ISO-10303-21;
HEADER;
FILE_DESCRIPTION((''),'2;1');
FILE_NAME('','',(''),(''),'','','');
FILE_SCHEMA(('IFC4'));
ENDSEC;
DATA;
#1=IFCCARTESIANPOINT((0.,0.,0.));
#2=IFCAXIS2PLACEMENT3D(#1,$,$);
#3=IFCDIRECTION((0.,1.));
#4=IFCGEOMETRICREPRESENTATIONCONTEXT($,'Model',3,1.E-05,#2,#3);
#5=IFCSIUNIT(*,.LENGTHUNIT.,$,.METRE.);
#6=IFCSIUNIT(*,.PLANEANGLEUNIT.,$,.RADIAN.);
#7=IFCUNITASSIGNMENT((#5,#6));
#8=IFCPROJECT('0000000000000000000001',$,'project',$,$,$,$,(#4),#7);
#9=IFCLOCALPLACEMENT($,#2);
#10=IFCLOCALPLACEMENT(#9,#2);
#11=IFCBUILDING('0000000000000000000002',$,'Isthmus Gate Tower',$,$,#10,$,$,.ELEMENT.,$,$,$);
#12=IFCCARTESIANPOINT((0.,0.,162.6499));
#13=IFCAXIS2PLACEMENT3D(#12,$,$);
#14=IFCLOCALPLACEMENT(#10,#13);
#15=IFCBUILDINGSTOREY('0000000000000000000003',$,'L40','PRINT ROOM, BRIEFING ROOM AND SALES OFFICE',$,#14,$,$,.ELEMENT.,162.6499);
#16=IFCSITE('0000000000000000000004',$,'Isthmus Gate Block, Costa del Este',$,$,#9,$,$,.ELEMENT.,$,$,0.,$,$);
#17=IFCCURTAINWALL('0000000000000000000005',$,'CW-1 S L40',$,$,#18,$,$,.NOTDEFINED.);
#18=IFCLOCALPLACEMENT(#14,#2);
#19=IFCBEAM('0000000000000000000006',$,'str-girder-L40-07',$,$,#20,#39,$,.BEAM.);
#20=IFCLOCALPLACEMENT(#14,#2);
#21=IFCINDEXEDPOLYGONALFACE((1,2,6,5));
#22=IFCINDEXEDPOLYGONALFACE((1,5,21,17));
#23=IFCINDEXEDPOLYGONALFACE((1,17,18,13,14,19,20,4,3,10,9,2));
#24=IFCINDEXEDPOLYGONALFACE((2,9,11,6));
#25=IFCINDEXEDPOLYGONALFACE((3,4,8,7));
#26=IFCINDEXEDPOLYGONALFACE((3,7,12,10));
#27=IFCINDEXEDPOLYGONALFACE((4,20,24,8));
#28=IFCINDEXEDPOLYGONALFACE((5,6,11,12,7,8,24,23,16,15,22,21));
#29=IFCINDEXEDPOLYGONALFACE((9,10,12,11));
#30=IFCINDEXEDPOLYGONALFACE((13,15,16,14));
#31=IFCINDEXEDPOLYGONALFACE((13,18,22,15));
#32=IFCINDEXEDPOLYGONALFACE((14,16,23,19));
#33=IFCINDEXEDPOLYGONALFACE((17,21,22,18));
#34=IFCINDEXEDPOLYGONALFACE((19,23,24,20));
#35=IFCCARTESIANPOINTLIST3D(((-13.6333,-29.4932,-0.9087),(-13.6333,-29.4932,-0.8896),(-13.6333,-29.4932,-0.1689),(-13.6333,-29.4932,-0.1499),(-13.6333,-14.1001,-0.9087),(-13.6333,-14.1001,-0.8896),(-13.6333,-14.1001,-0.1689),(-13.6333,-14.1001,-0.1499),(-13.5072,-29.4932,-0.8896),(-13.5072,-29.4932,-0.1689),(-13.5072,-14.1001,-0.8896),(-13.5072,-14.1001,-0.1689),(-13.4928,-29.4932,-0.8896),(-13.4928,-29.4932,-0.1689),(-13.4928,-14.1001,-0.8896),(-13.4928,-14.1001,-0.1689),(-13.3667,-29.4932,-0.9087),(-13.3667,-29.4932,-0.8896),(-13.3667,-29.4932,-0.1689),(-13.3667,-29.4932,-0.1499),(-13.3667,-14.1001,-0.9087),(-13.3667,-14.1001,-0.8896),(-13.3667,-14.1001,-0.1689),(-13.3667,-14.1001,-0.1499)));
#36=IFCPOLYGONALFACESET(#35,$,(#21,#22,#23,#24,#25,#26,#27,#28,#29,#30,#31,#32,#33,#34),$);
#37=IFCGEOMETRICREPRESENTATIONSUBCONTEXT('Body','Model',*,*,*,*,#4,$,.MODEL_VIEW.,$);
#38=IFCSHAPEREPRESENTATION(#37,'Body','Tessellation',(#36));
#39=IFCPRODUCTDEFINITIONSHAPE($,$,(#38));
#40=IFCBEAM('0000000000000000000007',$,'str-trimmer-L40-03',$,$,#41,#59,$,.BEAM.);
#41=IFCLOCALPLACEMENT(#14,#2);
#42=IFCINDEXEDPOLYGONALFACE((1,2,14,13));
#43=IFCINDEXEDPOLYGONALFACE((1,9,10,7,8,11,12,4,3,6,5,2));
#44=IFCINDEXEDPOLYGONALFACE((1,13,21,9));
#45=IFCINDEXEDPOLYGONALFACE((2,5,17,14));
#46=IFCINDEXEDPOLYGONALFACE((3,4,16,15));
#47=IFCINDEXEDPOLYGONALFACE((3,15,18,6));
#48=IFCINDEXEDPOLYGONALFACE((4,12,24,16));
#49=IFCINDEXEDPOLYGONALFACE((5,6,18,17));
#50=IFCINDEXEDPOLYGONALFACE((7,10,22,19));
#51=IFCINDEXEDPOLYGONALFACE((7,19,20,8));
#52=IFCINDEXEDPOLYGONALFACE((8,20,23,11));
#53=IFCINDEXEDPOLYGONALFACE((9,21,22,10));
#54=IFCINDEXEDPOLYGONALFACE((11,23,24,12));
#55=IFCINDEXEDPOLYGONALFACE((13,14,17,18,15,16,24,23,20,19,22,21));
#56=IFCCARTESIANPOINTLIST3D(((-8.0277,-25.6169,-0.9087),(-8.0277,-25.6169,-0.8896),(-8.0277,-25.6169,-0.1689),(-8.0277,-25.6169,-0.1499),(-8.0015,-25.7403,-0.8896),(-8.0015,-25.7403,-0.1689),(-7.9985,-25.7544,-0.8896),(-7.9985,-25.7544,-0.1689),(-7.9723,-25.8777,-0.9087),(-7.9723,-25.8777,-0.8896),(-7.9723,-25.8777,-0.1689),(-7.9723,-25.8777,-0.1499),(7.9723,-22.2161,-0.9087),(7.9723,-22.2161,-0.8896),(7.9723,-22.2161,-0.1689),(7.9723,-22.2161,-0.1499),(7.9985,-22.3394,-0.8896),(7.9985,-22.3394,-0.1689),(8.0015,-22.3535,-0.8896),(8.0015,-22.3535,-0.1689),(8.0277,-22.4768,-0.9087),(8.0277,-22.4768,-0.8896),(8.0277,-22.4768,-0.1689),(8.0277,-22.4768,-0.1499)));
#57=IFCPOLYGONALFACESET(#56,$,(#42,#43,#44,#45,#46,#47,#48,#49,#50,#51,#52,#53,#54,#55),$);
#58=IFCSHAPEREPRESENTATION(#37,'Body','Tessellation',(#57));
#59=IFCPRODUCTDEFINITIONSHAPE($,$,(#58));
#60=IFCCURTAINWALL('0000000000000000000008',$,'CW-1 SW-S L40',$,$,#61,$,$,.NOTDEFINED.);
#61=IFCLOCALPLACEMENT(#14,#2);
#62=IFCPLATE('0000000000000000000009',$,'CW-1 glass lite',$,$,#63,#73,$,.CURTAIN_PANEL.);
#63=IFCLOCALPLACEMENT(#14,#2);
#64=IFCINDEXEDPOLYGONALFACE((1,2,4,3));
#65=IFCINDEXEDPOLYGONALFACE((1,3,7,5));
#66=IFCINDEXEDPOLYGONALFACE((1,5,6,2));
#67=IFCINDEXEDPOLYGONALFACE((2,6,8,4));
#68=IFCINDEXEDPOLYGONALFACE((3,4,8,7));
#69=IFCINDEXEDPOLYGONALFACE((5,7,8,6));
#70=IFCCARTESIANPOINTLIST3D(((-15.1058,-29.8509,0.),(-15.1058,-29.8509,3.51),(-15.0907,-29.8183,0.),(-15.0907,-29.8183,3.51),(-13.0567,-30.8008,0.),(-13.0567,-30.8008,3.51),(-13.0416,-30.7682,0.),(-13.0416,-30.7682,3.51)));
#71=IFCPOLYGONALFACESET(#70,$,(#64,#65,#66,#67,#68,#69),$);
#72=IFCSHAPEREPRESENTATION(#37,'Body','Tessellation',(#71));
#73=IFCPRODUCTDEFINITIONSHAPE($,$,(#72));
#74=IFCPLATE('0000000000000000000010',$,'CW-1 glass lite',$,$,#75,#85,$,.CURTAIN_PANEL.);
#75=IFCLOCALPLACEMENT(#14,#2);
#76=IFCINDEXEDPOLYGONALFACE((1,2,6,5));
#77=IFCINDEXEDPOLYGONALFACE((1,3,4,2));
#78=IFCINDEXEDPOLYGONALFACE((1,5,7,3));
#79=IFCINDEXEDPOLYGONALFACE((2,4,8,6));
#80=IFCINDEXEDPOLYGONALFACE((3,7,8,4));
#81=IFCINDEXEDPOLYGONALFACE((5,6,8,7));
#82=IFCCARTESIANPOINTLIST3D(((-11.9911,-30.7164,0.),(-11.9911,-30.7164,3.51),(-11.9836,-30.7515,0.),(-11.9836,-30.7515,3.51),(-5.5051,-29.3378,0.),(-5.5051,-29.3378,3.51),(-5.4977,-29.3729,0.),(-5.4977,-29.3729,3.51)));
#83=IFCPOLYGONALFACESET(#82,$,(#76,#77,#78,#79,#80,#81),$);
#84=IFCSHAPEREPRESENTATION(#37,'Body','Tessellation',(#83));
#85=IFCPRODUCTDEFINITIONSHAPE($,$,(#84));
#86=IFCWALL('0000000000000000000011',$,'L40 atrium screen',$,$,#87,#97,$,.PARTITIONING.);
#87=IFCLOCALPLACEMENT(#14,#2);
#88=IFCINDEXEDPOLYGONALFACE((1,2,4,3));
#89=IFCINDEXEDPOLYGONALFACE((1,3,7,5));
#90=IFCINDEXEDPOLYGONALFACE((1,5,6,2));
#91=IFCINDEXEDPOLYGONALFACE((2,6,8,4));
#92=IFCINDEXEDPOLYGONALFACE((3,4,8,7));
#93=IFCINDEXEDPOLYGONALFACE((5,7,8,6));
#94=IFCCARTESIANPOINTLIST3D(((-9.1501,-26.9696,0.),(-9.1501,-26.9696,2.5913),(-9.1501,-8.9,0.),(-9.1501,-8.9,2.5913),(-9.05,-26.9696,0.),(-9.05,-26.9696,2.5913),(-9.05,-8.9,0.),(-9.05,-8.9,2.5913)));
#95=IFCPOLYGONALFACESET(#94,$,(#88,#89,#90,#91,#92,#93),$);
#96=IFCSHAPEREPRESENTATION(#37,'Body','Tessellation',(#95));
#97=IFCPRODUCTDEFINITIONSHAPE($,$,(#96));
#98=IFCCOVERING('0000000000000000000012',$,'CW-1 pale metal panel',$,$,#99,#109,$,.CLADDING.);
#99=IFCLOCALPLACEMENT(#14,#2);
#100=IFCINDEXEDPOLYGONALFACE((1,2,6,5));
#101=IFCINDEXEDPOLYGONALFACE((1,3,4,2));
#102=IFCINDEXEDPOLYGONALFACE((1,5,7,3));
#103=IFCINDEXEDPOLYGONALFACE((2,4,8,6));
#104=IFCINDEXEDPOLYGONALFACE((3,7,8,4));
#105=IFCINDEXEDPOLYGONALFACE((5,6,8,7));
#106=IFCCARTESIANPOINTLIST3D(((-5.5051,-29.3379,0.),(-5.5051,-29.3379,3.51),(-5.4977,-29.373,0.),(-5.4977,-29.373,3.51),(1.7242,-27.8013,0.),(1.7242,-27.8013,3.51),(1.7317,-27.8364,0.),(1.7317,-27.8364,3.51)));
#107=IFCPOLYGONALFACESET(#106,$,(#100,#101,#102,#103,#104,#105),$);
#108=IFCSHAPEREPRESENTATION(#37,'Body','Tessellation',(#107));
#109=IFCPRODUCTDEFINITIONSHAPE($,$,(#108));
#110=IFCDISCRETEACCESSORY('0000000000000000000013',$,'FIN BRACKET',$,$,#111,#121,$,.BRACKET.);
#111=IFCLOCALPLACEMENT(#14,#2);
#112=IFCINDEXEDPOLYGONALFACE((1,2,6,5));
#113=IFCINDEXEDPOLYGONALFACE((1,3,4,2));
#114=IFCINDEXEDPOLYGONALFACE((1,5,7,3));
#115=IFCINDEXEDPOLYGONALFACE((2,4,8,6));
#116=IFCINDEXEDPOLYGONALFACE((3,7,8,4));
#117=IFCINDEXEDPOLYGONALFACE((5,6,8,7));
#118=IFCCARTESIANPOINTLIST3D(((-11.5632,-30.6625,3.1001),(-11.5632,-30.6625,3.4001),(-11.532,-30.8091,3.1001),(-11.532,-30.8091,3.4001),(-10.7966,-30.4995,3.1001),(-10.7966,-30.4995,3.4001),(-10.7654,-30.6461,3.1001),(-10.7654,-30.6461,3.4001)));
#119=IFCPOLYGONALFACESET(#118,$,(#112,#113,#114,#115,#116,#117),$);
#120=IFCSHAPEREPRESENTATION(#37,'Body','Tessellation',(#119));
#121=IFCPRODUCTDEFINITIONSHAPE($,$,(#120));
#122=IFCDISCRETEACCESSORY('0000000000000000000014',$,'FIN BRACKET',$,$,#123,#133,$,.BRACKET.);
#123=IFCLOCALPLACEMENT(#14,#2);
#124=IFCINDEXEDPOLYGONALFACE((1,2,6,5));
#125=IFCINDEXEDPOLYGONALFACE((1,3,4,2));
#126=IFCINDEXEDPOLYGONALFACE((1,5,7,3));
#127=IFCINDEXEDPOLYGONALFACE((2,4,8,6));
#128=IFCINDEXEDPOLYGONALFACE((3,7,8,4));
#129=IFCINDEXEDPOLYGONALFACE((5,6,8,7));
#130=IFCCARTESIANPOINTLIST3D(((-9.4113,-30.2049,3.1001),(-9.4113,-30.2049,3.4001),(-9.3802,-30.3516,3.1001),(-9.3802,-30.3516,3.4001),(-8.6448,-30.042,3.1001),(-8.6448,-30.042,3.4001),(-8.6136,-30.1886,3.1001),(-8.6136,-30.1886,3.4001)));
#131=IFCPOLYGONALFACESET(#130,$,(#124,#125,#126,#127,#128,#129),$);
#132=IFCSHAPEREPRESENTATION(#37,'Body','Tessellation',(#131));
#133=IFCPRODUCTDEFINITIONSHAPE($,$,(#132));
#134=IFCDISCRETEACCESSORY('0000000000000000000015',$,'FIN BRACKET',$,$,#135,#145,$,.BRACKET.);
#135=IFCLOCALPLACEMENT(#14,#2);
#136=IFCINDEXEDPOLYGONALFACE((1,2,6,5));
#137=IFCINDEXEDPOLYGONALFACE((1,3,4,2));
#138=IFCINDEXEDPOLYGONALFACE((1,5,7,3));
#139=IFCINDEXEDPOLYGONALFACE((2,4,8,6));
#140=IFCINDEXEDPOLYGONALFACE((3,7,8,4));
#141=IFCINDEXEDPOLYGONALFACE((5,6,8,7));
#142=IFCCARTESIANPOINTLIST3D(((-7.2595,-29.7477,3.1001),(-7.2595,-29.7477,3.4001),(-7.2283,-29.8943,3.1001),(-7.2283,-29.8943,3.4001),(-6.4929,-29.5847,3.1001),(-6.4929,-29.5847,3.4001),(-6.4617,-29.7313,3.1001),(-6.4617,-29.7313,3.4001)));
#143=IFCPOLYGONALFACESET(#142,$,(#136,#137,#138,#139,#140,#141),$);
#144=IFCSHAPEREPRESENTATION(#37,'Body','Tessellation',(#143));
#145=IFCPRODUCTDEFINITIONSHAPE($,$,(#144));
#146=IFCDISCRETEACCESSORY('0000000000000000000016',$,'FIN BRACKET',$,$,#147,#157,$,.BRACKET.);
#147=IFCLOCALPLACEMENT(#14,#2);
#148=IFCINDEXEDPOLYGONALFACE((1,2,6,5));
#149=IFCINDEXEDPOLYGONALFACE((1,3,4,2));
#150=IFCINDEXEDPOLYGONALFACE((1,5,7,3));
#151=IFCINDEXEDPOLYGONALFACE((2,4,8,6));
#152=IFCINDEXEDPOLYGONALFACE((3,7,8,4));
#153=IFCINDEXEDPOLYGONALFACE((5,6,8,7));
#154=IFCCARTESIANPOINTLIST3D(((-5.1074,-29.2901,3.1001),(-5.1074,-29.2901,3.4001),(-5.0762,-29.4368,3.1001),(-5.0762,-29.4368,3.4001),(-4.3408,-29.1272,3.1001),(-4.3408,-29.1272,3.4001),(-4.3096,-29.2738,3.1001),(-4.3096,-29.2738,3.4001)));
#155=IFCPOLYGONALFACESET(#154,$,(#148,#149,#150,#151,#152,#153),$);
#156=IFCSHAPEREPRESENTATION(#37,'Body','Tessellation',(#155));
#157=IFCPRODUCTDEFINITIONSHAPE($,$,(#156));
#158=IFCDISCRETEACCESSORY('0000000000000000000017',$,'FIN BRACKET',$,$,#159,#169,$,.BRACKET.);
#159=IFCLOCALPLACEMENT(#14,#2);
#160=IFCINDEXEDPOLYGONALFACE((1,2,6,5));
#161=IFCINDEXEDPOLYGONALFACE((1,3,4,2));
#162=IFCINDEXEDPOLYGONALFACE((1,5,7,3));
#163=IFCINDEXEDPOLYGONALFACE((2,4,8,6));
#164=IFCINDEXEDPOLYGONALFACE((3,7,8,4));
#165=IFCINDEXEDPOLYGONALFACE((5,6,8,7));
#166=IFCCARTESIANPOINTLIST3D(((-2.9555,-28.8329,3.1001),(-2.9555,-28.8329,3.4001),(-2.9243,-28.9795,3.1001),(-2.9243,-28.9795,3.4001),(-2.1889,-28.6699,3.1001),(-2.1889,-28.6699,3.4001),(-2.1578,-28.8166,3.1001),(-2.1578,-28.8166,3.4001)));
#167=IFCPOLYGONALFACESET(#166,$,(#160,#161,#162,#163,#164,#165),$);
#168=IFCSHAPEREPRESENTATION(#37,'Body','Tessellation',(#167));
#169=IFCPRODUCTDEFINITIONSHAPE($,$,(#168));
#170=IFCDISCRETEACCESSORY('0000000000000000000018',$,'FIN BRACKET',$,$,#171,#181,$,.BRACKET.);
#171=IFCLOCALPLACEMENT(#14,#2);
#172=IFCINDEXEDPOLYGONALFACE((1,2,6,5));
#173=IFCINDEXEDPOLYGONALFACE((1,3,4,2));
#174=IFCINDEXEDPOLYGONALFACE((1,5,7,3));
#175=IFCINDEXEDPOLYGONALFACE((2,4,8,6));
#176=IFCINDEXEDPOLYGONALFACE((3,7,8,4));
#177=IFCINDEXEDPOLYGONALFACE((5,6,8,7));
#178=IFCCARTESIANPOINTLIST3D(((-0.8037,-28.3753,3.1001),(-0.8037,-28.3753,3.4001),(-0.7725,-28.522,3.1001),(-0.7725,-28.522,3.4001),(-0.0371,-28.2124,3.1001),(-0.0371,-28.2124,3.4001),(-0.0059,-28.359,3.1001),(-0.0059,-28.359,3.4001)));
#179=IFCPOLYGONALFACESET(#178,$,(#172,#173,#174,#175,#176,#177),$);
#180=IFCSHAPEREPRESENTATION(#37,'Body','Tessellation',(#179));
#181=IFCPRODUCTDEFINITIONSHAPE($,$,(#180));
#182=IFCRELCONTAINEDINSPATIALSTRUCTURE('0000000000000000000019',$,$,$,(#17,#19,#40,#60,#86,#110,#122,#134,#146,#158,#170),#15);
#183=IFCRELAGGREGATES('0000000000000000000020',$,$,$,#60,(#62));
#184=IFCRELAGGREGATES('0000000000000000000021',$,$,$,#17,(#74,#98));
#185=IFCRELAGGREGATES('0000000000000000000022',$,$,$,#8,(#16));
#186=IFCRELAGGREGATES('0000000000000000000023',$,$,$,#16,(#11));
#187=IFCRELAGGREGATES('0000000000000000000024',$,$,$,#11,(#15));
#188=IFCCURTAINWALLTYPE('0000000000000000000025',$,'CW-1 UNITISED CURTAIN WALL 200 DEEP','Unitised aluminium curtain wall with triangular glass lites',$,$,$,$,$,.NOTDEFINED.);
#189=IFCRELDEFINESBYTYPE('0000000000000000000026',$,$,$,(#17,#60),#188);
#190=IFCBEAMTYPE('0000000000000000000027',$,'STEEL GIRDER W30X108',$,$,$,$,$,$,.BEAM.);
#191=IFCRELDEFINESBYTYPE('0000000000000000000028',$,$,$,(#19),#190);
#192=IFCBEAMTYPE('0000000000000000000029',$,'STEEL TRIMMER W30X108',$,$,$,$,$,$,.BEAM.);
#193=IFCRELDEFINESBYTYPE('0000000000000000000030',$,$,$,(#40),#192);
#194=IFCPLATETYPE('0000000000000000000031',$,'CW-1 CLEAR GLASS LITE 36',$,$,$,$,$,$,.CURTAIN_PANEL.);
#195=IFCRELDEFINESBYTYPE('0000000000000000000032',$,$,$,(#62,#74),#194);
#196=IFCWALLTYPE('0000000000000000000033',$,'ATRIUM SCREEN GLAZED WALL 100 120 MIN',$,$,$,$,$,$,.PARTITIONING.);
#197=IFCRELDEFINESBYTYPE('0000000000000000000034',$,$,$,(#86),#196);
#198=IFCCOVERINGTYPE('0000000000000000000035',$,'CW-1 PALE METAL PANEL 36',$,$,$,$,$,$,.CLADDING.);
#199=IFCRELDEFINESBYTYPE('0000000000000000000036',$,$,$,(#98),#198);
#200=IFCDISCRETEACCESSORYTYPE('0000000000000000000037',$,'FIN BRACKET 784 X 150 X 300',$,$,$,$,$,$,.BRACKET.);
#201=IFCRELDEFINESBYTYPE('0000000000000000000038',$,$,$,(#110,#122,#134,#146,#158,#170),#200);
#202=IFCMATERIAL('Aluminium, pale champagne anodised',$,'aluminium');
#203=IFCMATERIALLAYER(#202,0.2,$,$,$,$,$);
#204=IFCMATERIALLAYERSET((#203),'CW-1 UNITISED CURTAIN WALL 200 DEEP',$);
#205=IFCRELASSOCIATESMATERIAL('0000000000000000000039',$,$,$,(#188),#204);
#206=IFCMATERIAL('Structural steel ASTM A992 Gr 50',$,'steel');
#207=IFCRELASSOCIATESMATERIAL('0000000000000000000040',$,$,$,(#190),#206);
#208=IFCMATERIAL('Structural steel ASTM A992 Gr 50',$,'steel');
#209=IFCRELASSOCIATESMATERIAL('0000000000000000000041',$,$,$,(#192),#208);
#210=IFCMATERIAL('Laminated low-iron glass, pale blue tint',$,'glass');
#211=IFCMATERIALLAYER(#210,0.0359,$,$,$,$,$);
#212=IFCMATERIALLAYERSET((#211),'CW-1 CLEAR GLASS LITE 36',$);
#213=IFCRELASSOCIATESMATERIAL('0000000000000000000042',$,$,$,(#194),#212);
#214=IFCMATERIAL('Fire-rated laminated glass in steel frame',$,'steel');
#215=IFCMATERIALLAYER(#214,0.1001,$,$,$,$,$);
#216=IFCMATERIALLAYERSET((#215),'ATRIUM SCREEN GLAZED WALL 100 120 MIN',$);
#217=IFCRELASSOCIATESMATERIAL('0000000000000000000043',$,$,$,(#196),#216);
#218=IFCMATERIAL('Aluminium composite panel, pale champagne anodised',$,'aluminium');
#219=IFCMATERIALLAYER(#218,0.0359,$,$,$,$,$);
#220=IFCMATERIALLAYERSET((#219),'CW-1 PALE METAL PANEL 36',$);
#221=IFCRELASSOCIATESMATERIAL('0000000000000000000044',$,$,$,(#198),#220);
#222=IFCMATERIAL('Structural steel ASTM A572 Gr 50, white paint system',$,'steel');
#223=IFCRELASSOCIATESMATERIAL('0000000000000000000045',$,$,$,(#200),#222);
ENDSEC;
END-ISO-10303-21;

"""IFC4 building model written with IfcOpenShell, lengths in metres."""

from ifc_helpers import new_model, si_unit, direction, frame, frame_2d, origin, origin_2d, place, context, subcontext, project, spatial, rectangle, i_section, extrude, material, layer, layer_set, material_profile, profile_set, type_object, element, aggregate, save


model = new_model("IFC4")

# Units and contexts
model_context = context("Model", 3, precision=1e-05, world=origin(), true_north=direction((0.0, 1.0)))
body_context = subcontext(model_context, "Body", "Model", "MODEL_VIEW")
ifc_project = project(units=[si_unit("LENGTHUNIT", "METRE"), si_unit("PLANEANGLEUNIT", "RADIAN")], contexts=[model_context])

# Site, building, storey
site_placement = place(None, origin())
site = spatial("IfcSite", under=ifc_project, at=site_placement, Name="Isthmus Gate Block, Costa del Este", CompositionType="ELEMENT", RefElevation=0.0)
building_placement = place(site_placement, origin())
building = spatial("IfcBuilding", under=site, at=building_placement, Name="Isthmus Gate Tower", CompositionType="ELEMENT")
storey_placement = place(building_placement, frame((0.0, 0.0, 162.6499)))
storey = spatial("IfcBuildingStorey", under=building, at=storey_placement, Name="L40", Description="PRINT ROOM, BRIEFING ROOM AND SALES OFFICE", CompositionType="ELEMENT", Elevation=162.6499)

# Curtain wall
ifc_material_1 = material(Name="Aluminium, pale champagne anodised", Category="aluminium")
ifc_layer_1 = layer(ifc_material_1, 0.2)
ifc_layer_set_1 = layer_set([ifc_layer_1], Name="CW-1 UNITISED CURTAIN WALL 200 DEEP")
curtain_wall_type = type_object("IfcCurtainWallType", Name="CW-1 UNITISED CURTAIN WALL 200 DEEP", Description="Unitised aluminium curtain wall with triangular glass lites", PredefinedType="NOTDEFINED", material=ifc_layer_set_1)
curtain_wall_1_placement = place(storey_placement, origin())
curtain_wall_1 = element("IfcCurtainWall", 1, at=curtain_wall_1_placement, inside=storey, type_object=curtain_wall_type, Name="CW-1 S L40", PredefinedType="NOTDEFINED")

# Beams
ifc_material_2 = material(Name="Structural steel ASTM A992 Gr 50", Category="steel")
ifc_material_profile_1 = material_profile(ifc_material_2, i_section(OverallWidth=0.2666, OverallDepth=0.7588, WebThickness=0.0144, FlangeThickness=0.019, at=origin_2d()), Name="W30X108")
ifc_profile_set_1 = profile_set([ifc_material_profile_1], Name="Structural steel ASTM A992 Gr 50")
beam_type_1 = type_object("IfcBeamType", Name="STEEL GIRDER W30X108", PredefinedType="BEAM", material=ifc_profile_set_1)
beam_1_placement = place(storey_placement, frame((-13.5, -29.4932, -0.5293), z_axis=(0.0, 1.0, 0.0), x_axis=(-1.0, 0.0, 0.0)))
element("IfcBeam", 2, at=beam_1_placement, inside=storey, type_object=beam_type_1, Name="str-girder-L40-07", PredefinedType="BEAM", context=body_context, shape_type="SweptSolid", body=[
    extrude(i_section(OverallWidth=0.2666, OverallDepth=0.7588, WebThickness=0.0144, FlangeThickness=0.019, at=origin_2d()), origin(), (0.0, 0.0, 1.0), 15.3931),
])
ifc_material_3 = material(Name="Structural steel ASTM A992 Gr 50", Category="steel")
ifc_material_profile_2 = material_profile(ifc_material_3, i_section(OverallWidth=0.2666, OverallDepth=0.7588, WebThickness=0.0144, FlangeThickness=0.019, at=origin_2d()), Name="W30X108")
ifc_profile_set_2 = profile_set([ifc_material_profile_2], Name="Structural steel ASTM A992 Gr 50")
beam_type_2 = type_object("IfcBeamType", Name="STEEL TRIMMER W30X108", PredefinedType="BEAM", material=ifc_profile_set_2)
beam_2_placement = place(storey_placement, frame((-8.0, -25.7473, -0.5293), z_axis=(0.978148, 0.20791, 0.0), x_axis=(-0.20791, 0.978148, 0.0)))
element("IfcBeam", 3, at=beam_2_placement, inside=storey, type_object=beam_type_2, Name="str-trimmer-L40-03", PredefinedType="BEAM", context=body_context, shape_type="SweptSolid", body=[
    extrude(i_section(OverallWidth=0.2666, OverallDepth=0.7588, WebThickness=0.0144, FlangeThickness=0.019, at=origin_2d()), origin(), (0.0, 0.0, 1.0), 16.3574),
])

# Curtain wall, plate
curtain_wall_2_placement = place(storey_placement, origin())
curtain_wall_2 = element("IfcCurtainWall", 4, at=curtain_wall_2_placement, inside=storey, type_object=curtain_wall_type, Name="CW-1 SW-S L40", PredefinedType="NOTDEFINED")
ifc_material_4 = material(Name="Laminated low-iron glass, pale blue tint", Category="glass")
ifc_layer_2 = layer(ifc_material_4, 0.0359)
ifc_layer_set_2 = layer_set([ifc_layer_2], Name="CW-1 CLEAR GLASS LITE 36")
plate_type = type_object("IfcPlateType", Name="CW-1 CLEAR GLASS LITE 36", PredefinedType="CURTAIN_PANEL", material=ifc_layer_set_2)
plate_1_placement = place(storey_placement, frame((-14.0737, -30.3096, 0.0), z_axis=(0.0, 0.0, 1.0), x_axis=(0.907256, -0.420578, 0.0)))
plate_1 = element("IfcPlate", 5, at=plate_1_placement, type_object=plate_type, Name="CW-1 glass lite", PredefinedType="CURTAIN_PANEL", context=body_context, shape_type="SweptSolid", body=[
    extrude(rectangle(XDim=2.2585, YDim=0.0359, at=origin_2d()), origin(), (0.0, 0.0, 1.0), 3.51),
])
aggregate(curtain_wall_2, [plate_1])

# Plate
plate_2_placement = place(storey_placement, frame((-8.7444, -30.0447, 0.0), z_axis=(0.0, 0.0, 1.0), x_axis=(0.978148, 0.207912, 0.0)))
plate_2 = element("IfcPlate", 6, at=plate_2_placement, type_object=plate_type, Name="CW-1 glass lite", PredefinedType="CURTAIN_PANEL", context=body_context, shape_type="SweptSolid", body=[
    extrude(rectangle(XDim=6.6309, YDim=0.0359, at=origin_2d()), origin(), (0.0, 0.0, 1.0), 3.51),
])

# Wall
ifc_material_5 = material(Name="Fire-rated laminated glass in steel frame", Category="steel")
ifc_layer_3 = layer(ifc_material_5, 0.1001)
ifc_layer_set_3 = layer_set([ifc_layer_3], Name="ATRIUM SCREEN GLAZED WALL 100 120 MIN")
wall_type = type_object("IfcWallType", Name="ATRIUM SCREEN GLAZED WALL 100 120 MIN", PredefinedType="PARTITIONING", material=ifc_layer_set_3)
wall_placement = place(storey_placement, frame((-9.1001, -26.9695, 0.0), z_axis=(0.0, 0.0, 1.0), x_axis=(0.0, 1.0, 0.0)))
element("IfcWall", 7, at=wall_placement, inside=storey, type_object=wall_type, Name="L40 atrium screen", PredefinedType="PARTITIONING", context=body_context, shape_type="SweptSolid", body=[
    extrude(rectangle(XDim=18.0696, YDim=0.1001, at=frame_2d((9.0347, 0.0))), origin(), (0.0, 0.0, 1.0), 2.5913),
])

# Covering
ifc_material_6 = material(Name="Aluminium composite panel, pale champagne anodised", Category="aluminium")
ifc_layer_4 = layer(ifc_material_6, 0.0359)
ifc_layer_set_4 = layer_set([ifc_layer_4], Name="CW-1 PALE METAL PANEL 36")
covering_type = type_object("IfcCoveringType", Name="CW-1 PALE METAL PANEL 36", PredefinedType="CLADDING", material=ifc_layer_set_4)
covering_placement = place(storey_placement, frame((-1.8867, -28.5872, 0.0), z_axis=(0.0, 0.0, 1.0), x_axis=(0.978148, 0.207912, 0.0)))
covering = element("IfcCovering", 8, at=covering_placement, type_object=covering_type, Name="CW-1 pale metal panel", PredefinedType="CLADDING", context=body_context, shape_type="SweptSolid", body=[
    extrude(rectangle(XDim=7.3909, YDim=0.0359, at=origin_2d()), origin(), (0.0, 0.0, 1.0), 3.51),
])
aggregate(curtain_wall_1, [plate_2, covering])

# Discrete accessories
ifc_material_7 = material(Name="Structural steel ASTM A572 Gr 50, white paint system", Category="steel")
discrete_accessory_type = type_object("IfcDiscreteAccessoryType", Name="FIN BRACKET 784 X 150 X 300", PredefinedType="BRACKET", material=ifc_material_7)
for number, where, z_axis, x_axis, name in (
    (9, (-11.1643, -30.6543, 3.1001), (0.0, 0.0, 1.0), (0.207912, -0.978148, 0.0), "FIN BRACKET"),
    (10, (-9.0125, -30.1968, 3.1001), (0.0, 0.0, 1.0), (0.207912, -0.978148, 0.0), "FIN BRACKET"),
    (11, (-6.8606, -29.7395, 3.1001), (0.0, 0.0, 1.0), (0.207912, -0.978148, 0.0), "FIN BRACKET"),
    (12, (-4.7085, -29.282, 3.1001), (0.0, 0.0, 1.0), (0.207912, -0.978148, 0.0), "FIN BRACKET"),
    (13, (-2.5566, -28.8247, 3.1001), (0.0, 0.0, 1.0), (0.207912, -0.978148, 0.0), "FIN BRACKET"),
    (14, (-0.4048, -28.3672, 3.1001), (0.0, 0.0, 1.0), (0.207912, -0.978148, 0.0), "FIN BRACKET"),
):
    element("IfcDiscreteAccessory", number, at=place(storey_placement, frame(where, z_axis=z_axis, x_axis=x_axis)), inside=storey, type_object=discrete_accessory_type, Name=name, PredefinedType="BRACKET", context=body_context, shape_type="SweptSolid", body=[
        extrude(rectangle(XDim=0.1499, YDim=0.7837, at=origin_2d()), origin(), (0.0, 0.0, 1.0), 0.3),
    ])

save(model, "model.ifc")
